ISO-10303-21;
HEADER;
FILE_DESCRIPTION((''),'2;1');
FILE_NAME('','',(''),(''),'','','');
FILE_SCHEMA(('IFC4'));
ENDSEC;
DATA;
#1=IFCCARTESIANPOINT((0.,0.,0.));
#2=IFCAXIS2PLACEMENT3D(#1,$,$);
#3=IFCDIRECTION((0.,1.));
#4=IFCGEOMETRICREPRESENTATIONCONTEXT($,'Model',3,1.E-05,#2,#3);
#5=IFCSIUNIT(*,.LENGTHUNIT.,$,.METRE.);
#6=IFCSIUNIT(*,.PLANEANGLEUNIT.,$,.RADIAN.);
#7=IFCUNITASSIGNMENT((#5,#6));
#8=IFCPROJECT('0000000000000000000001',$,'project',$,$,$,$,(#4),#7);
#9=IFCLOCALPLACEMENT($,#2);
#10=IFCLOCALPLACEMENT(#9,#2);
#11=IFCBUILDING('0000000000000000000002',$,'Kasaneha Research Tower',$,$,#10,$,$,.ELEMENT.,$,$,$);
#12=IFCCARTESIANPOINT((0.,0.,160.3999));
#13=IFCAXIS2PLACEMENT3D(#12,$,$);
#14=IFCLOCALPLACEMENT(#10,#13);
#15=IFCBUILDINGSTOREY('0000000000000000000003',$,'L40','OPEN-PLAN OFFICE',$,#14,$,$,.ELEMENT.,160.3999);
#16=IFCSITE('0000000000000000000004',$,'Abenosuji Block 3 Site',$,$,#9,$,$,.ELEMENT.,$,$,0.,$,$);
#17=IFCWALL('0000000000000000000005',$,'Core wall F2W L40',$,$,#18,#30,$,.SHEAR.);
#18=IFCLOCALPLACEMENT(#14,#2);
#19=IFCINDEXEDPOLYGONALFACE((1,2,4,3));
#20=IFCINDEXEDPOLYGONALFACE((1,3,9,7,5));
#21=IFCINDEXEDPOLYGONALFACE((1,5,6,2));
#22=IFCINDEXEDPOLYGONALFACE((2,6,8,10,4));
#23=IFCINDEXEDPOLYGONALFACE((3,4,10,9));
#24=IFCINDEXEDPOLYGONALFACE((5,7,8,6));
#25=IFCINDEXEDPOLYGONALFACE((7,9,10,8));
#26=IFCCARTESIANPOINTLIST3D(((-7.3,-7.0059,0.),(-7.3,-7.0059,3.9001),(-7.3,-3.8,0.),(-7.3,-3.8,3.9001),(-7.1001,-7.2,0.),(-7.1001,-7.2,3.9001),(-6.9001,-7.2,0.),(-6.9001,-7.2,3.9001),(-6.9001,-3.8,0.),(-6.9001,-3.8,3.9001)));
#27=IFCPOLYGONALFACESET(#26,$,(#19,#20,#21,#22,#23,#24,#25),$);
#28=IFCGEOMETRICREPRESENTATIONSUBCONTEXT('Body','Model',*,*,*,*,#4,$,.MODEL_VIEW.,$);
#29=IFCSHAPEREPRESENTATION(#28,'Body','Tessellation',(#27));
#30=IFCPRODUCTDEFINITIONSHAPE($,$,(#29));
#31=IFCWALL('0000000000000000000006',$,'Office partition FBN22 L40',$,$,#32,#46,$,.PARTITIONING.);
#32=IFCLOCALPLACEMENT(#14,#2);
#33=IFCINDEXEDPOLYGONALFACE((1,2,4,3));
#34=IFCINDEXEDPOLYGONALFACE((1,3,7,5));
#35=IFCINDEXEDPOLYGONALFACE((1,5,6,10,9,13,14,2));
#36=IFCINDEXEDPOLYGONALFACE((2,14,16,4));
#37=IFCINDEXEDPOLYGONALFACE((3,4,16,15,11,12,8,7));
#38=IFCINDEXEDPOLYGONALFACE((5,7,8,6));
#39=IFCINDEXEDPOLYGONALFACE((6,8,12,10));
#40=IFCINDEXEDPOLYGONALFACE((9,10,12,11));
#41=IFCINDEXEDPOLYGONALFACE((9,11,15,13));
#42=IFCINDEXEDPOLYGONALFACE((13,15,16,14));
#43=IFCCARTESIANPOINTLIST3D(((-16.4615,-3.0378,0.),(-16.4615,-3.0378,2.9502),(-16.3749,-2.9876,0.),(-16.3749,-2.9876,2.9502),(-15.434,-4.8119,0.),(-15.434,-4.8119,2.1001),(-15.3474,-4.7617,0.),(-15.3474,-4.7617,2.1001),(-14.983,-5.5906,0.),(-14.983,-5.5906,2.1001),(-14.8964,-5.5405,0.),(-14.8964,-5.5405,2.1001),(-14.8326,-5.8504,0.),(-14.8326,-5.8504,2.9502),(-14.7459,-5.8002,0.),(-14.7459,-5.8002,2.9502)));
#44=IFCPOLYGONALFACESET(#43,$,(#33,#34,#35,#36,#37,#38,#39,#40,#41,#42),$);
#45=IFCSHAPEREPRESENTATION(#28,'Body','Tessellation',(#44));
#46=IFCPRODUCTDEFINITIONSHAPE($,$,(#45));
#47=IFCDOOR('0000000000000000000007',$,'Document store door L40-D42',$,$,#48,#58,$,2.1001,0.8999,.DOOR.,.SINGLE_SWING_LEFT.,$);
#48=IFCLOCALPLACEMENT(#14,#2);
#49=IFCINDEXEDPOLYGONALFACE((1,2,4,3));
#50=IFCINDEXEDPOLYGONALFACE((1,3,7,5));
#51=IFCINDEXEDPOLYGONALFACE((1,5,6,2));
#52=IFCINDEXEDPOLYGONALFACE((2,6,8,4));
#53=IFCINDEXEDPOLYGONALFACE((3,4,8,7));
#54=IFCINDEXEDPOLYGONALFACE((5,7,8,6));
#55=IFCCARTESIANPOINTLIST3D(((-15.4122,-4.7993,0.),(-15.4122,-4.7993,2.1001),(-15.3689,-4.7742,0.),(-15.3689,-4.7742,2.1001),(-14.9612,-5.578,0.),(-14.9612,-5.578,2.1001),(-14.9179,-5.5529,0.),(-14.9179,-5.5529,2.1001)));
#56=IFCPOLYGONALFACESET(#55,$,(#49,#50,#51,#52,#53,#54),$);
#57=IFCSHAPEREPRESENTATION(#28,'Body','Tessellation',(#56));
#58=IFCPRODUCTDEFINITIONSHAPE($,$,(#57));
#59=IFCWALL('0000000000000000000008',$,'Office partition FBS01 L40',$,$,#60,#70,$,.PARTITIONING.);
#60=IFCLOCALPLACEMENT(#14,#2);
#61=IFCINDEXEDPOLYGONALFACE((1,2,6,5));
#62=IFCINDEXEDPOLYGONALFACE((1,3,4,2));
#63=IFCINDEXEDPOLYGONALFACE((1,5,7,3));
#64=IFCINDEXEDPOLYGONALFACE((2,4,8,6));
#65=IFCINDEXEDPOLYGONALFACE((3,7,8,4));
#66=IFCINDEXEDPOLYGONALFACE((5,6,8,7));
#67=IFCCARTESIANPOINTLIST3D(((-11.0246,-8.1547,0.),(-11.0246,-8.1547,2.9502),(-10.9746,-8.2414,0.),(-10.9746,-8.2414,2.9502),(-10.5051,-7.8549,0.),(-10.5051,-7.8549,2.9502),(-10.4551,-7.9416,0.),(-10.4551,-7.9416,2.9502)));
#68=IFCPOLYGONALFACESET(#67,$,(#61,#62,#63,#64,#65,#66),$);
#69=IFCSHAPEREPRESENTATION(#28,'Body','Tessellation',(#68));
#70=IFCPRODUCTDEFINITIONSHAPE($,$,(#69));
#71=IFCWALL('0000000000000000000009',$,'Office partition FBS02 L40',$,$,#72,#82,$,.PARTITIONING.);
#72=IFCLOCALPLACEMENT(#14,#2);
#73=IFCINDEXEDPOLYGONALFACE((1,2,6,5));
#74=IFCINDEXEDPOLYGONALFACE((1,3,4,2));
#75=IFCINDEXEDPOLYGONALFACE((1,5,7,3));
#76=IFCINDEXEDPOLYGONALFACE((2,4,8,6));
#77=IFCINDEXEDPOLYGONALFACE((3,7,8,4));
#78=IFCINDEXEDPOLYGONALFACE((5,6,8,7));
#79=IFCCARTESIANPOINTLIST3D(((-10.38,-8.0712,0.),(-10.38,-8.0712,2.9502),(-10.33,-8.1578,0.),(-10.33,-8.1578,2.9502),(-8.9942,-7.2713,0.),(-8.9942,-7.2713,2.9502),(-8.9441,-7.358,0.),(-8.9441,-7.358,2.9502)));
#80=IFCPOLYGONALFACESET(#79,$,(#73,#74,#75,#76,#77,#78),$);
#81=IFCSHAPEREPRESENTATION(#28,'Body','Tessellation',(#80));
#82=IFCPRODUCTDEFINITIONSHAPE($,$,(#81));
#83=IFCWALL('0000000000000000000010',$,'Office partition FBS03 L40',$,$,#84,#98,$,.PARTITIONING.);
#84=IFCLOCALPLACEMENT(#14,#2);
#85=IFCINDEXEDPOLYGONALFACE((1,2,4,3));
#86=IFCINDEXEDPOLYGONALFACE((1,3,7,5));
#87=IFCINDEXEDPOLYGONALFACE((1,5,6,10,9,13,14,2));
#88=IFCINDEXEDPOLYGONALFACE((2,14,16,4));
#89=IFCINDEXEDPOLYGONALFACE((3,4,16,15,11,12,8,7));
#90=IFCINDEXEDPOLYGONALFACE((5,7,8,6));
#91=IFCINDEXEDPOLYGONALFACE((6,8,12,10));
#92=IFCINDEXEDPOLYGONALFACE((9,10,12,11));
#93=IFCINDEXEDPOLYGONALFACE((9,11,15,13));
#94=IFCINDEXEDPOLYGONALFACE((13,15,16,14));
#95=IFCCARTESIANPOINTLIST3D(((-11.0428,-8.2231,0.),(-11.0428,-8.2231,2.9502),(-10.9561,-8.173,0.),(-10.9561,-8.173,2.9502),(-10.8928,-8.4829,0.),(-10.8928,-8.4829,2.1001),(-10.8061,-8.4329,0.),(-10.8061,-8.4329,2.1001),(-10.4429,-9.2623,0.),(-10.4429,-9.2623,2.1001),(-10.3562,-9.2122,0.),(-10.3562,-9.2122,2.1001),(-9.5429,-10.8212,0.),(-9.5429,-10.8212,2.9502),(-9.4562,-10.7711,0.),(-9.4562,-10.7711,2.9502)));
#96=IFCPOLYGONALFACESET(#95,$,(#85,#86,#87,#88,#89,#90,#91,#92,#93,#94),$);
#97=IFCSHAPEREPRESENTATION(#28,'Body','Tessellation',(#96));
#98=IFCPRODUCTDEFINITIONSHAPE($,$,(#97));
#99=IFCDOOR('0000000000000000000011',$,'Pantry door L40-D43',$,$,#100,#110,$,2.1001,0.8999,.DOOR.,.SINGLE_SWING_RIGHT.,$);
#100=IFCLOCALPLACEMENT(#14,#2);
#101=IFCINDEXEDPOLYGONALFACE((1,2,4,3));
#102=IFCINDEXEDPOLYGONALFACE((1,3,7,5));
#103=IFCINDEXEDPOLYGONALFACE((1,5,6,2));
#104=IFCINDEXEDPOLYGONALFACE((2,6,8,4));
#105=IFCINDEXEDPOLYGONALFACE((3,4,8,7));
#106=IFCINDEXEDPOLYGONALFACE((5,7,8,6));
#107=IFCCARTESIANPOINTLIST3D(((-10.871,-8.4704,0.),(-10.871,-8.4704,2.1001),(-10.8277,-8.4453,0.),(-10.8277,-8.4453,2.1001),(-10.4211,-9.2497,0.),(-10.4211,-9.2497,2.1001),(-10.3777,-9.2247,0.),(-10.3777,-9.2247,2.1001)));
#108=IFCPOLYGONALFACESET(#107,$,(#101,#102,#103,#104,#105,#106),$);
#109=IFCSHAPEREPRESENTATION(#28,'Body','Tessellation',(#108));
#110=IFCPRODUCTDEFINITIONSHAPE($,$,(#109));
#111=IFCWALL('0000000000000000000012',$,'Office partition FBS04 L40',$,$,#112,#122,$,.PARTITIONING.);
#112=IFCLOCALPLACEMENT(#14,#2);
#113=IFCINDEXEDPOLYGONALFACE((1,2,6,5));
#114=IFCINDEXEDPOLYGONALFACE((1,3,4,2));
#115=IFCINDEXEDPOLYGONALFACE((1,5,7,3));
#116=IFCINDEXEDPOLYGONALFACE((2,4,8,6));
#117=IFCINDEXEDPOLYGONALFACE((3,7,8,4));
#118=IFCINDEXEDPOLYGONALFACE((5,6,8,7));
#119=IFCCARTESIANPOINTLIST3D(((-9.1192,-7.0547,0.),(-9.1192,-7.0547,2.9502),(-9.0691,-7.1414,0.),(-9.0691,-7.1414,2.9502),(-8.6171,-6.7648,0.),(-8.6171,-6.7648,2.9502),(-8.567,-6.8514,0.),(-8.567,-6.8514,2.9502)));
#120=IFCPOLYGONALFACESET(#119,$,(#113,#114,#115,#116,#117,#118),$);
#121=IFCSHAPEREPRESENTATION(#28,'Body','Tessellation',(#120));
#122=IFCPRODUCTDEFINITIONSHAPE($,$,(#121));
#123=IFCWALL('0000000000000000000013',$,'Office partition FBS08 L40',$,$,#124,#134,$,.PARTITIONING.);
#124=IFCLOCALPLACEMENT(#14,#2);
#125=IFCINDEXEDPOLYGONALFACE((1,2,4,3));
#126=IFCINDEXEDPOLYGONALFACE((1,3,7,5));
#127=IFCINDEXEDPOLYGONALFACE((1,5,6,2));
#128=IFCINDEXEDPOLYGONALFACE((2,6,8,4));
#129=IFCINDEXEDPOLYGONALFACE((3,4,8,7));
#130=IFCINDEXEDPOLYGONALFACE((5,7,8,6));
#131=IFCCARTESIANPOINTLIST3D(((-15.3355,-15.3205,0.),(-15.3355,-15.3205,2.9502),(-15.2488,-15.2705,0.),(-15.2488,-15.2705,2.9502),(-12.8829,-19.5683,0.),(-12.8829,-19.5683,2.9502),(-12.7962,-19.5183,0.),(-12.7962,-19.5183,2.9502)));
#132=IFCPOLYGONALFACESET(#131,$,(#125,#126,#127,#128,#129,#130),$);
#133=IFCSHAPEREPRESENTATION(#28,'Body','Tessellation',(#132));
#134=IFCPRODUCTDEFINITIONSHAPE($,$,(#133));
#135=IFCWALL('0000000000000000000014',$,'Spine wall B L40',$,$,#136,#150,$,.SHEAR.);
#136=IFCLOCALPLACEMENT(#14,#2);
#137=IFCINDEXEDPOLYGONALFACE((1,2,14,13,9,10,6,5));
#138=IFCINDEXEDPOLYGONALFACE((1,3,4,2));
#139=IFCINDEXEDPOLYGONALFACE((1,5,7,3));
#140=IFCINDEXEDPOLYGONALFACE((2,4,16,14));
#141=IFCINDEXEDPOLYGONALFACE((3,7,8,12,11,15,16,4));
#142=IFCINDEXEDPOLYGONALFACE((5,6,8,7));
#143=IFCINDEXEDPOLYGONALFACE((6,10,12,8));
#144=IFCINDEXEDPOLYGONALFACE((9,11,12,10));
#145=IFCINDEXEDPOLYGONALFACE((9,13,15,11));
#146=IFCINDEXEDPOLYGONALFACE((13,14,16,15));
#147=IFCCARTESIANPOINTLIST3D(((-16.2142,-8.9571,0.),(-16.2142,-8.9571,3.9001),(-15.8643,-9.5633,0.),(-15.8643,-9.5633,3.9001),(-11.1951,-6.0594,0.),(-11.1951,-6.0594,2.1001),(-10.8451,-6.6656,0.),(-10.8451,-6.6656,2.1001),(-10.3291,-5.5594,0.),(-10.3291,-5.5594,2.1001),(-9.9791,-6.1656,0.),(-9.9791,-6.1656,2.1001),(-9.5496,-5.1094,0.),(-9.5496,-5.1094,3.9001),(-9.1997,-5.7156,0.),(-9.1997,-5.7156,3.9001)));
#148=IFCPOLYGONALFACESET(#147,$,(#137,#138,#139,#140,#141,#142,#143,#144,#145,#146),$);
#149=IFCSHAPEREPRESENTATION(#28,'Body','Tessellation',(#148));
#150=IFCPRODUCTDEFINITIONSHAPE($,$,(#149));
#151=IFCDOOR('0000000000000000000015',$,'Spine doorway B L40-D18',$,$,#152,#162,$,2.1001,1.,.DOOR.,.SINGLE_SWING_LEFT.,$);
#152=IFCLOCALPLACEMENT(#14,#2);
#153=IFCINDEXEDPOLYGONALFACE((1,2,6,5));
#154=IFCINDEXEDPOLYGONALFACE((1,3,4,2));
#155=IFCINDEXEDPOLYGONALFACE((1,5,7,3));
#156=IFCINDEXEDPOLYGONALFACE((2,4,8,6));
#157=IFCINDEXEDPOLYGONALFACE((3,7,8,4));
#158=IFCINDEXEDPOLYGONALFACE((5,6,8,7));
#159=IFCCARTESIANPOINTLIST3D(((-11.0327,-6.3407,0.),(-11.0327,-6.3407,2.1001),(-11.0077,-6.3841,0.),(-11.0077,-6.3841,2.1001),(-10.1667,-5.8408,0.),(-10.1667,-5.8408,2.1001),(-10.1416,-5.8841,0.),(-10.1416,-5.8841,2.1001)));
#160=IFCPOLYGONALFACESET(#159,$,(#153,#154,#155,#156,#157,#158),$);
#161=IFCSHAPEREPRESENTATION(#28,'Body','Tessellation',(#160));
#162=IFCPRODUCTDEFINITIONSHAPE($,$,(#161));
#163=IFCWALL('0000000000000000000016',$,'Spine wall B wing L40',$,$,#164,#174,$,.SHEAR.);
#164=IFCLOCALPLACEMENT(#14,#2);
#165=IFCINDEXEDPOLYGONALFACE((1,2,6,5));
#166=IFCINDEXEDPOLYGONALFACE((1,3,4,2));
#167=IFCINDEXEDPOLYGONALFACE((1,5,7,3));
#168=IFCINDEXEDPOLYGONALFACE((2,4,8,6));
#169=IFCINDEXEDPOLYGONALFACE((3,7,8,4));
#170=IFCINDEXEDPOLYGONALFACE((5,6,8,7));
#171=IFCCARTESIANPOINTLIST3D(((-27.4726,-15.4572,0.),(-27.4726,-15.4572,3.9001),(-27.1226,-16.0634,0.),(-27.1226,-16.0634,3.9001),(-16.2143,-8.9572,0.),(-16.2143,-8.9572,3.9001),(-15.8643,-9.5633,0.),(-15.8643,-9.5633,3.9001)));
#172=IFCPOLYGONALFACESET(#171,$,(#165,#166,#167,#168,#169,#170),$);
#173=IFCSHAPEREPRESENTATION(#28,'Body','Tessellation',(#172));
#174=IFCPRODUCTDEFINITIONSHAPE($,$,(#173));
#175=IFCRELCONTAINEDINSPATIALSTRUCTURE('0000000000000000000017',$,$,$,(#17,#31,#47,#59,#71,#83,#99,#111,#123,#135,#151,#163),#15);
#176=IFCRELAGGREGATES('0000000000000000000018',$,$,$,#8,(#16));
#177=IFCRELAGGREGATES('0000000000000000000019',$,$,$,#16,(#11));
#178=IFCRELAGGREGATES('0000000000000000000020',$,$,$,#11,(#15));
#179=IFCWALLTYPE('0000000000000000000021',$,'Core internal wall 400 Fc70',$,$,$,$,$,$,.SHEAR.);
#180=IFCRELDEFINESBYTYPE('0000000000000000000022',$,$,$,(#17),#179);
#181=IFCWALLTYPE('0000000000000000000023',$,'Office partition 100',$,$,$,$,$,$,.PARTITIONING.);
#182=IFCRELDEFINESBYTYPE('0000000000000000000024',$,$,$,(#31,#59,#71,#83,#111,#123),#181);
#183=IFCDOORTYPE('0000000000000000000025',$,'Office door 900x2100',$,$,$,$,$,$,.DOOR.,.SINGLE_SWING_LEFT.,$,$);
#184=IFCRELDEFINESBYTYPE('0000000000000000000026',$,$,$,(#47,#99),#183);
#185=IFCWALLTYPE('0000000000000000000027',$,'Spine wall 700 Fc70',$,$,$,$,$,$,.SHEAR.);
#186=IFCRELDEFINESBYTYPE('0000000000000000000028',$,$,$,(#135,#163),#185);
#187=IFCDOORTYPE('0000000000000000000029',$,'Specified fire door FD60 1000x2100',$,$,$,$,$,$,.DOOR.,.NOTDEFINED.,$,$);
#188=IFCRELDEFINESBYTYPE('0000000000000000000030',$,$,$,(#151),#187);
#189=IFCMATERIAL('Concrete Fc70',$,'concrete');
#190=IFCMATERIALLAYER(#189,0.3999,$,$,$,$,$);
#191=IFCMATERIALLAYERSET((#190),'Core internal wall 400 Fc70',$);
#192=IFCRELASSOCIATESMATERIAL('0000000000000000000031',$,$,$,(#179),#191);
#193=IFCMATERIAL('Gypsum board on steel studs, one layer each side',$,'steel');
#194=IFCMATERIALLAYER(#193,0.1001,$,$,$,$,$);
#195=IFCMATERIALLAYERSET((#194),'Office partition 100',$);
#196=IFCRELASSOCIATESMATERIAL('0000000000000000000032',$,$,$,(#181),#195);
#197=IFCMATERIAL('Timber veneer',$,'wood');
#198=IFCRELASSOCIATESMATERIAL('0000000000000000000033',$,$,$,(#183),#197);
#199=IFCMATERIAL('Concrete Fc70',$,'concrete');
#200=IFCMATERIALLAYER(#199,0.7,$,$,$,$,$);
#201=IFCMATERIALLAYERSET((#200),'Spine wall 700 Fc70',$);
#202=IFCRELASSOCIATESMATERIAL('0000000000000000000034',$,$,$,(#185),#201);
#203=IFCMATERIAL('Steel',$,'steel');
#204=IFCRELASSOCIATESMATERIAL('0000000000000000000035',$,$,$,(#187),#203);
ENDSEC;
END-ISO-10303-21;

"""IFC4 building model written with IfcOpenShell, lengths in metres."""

from ifc_helpers import new_model, si_unit, direction, frame, frame_2d, origin, place, context, subcontext, project, spatial, polyline, rectangle, outline, extrude, material, layer, layer_set, type_object, element, fill, save


model = new_model("IFC4")

# Units and contexts
model_context = context("Model", 3, precision=1e-05, world=origin(), true_north=direction((0.0, 1.0)))
body_context = subcontext(model_context, "Body", "Model", "MODEL_VIEW")
ifc_project = project(units=[si_unit("LENGTHUNIT", "METRE"), si_unit("PLANEANGLEUNIT", "RADIAN")], contexts=[model_context])

# Site, building, storey
site_placement = place(None, origin())
site = spatial("IfcSite", under=ifc_project, at=site_placement, Name="Abenosuji Block 3 Site", CompositionType="ELEMENT", RefElevation=0.0)
building_placement = place(site_placement, origin())
building = spatial("IfcBuilding", under=site, at=building_placement, Name="Kasaneha Research Tower", CompositionType="ELEMENT")
storey_placement = place(building_placement, frame((0.0, 0.0, 160.3999)))
storey = spatial("IfcBuildingStorey", under=building, at=storey_placement, Name="L40", Description="OPEN-PLAN OFFICE", CompositionType="ELEMENT", Elevation=160.3999)

# Shared definitions
ifc_material_1 = material(Name="Concrete Fc70", Category="concrete")
ifc_layer_1 = layer(ifc_material_1, 0.3999)
ifc_layer_set_1 = layer_set([ifc_layer_1], Name="Core internal wall 400 Fc70")
wall_type_1 = type_object("IfcWallType", Name="Core internal wall 400 Fc70", PredefinedType="SHEAR", material=ifc_layer_set_1)

# Wall
wall_1_placement = place(storey_placement, frame((-7.1001, -3.8, 0.0), z_axis=(0.0, 0.0, 1.0), x_axis=(0.0, -1.0, 0.0)))
element("IfcWall", 1, at=wall_1_placement, inside=storey, type_object=wall_type_1, Name="Core wall F2W L40", PredefinedType="SHEAR", context=body_context, shape_type="SweptSolid", body=[
    extrude(outline(polyline([(0.0, -0.2), (3.2058, -0.2), (3.3999, 0.0), (3.3999, 0.2), (0.0, 0.2), (0.0, -0.2)])), origin(), (0.0, 0.0, 1.0), 3.9001),
])

# Wall, opening, door
ifc_material_2 = material(Name="Gypsum board on steel studs, one layer each side", Category="steel")
ifc_layer_2 = layer(ifc_material_2, 0.1001)
ifc_layer_set_2 = layer_set([ifc_layer_2], Name="Office partition 100")
wall_type_2 = type_object("IfcWallType", Name="Office partition 100", PredefinedType="PARTITIONING", material=ifc_layer_set_2)
wall_2_placement = place(storey_placement, frame((-14.7893, -5.8252, 0.0), z_axis=(0.0, 0.0, 1.0), x_axis=(-0.501178, 0.865344, 0.0)))
wall_2 = element("IfcWall", 2, at=wall_2_placement, inside=storey, type_object=wall_type_2, Name="Office partition FBN22 L40", PredefinedType="PARTITIONING", context=body_context, shape_type="SweptSolid", body=[
    extrude(rectangle(XDim=3.2502, YDim=0.1001, at=frame_2d((1.625, 0.0))), origin(), (0.0, 0.0, 1.0), 2.9502),
])
opening_1_placement = place(wall_2_placement, frame((0.3, 0.0, 0.0)))
opening_1 = element("IfcOpeningElement", 3, at=opening_1_placement, cuts=wall_2, PredefinedType="OPENING", context=body_context, shape_type="SweptSolid", body=[
    extrude(rectangle(XDim=0.8999, YDim=2.1001, at=frame_2d((0.45, 1.05))), frame((0.0, 0.0601, 0.0), z_axis=(0.0, -1.0, 0.0), x_axis=(1.0, 0.0, 0.0)), (0.0, 0.0, 1.0), 0.1201),
])
ifc_material_3 = material(Name="Timber veneer", Category="wood")
door_type_1 = type_object("IfcDoorType", Name="Office door 900x2100", OperationType="SINGLE_SWING_LEFT", PredefinedType="DOOR", material=ifc_material_3)
door_1_placement = place(opening_1_placement, origin())
door_1 = element("IfcDoor", 4, at=door_1_placement, inside=storey, type_object=door_type_1, Name="Document store door L40-D42", OperationType="SINGLE_SWING_LEFT", OverallHeight=2.1001, OverallWidth=0.8999, PredefinedType="DOOR", context=body_context, shape_type="SweptSolid", body=[
    extrude(rectangle(XDim=0.8999, YDim=2.1001, at=frame_2d((0.45, 1.05))), frame((0.0, 0.0249, 0.0), z_axis=(0.0, -1.0, 0.0), x_axis=(1.0, 0.0, 0.0)), (0.0, 0.0, 1.0), 0.05),
])
fill(opening_1, door_1)

# Walls
wall_3_placement = place(storey_placement, frame((-10.9995, -8.198, 0.0), z_axis=(0.0, 0.0, 1.0), x_axis=(0.866131, 0.499816, 0.0)))
element("IfcWall", 5, at=wall_3_placement, inside=storey, type_object=wall_type_2, Name="Office partition FBS01 L40", PredefinedType="PARTITIONING", context=body_context, shape_type="SweptSolid", body=[
    extrude(rectangle(XDim=0.5999, YDim=0.1001, at=frame_2d((0.2998, 0.0))), origin(), (0.0, 0.0, 1.0), 2.9502),
])
wall_4_placement = place(storey_placement, frame((-10.355, -8.1145, 0.0), z_axis=(0.0, 0.0, 1.0), x_axis=(0.866094, 0.499881, 0.0)))
element("IfcWall", 6, at=wall_4_placement, inside=storey, type_object=wall_type_2, Name="Office partition FBS02 L40", PredefinedType="PARTITIONING", context=body_context, shape_type="SweptSolid", body=[
    extrude(rectangle(XDim=1.6001, YDim=0.1001, at=frame_2d((0.8, 0.0))), origin(), (0.0, 0.0, 1.0), 2.9502),
])

# Wall, opening, door
wall_5_placement = place(storey_placement, frame((-9.4995, -10.7961, 0.0), z_axis=(0.0, 0.0, 1.0), x_axis=(-0.49999, 0.866031, 0.0)))
wall_5 = element("IfcWall", 7, at=wall_5_placement, inside=storey, type_object=wall_type_2, Name="Office partition FBS03 L40", PredefinedType="PARTITIONING", context=body_context, shape_type="SweptSolid", body=[
    extrude(rectangle(XDim=3.0, YDim=0.1001, at=frame_2d((1.5, 0.0))), origin(), (0.0, 0.0, 1.0), 2.9502),
])
opening_2_placement = place(wall_5_placement, frame((1.8, 0.0, 0.0)))
opening_2 = element("IfcOpeningElement", 8, at=opening_2_placement, cuts=wall_5, PredefinedType="OPENING", context=body_context, shape_type="SweptSolid", body=[
    extrude(rectangle(XDim=0.8999, YDim=2.1001, at=frame_2d((0.45, 1.05))), frame((0.0, 0.0601, 0.0), z_axis=(0.0, -1.0, 0.0), x_axis=(1.0, 0.0, 0.0)), (0.0, 0.0, 1.0), 0.1201),
])
door_2_placement = place(opening_2_placement, origin())
door_2 = element("IfcDoor", 9, at=door_2_placement, inside=storey, type_object=door_type_1, Name="Pantry door L40-D43", OperationType="SINGLE_SWING_RIGHT", OverallHeight=2.1001, OverallWidth=0.8999, PredefinedType="DOOR", context=body_context, shape_type="SweptSolid", body=[
    extrude(rectangle(XDim=0.8999, YDim=2.1001, at=frame_2d((0.45, 1.05))), frame((0.0, 0.0249, 0.0), z_axis=(0.0, -1.0, 0.0), x_axis=(1.0, 0.0, 0.0)), (0.0, 0.0, 1.0), 0.05),
])
fill(opening_2, door_2)

# Walls
wall_6_placement = place(storey_placement, frame((-9.0942, -7.0981, 0.0), z_axis=(0.0, 0.0, 1.0), x_axis=(0.865954, 0.500123, 0.0)))
element("IfcWall", 10, at=wall_6_placement, inside=storey, type_object=wall_type_2, Name="Office partition FBS04 L40", PredefinedType="PARTITIONING", context=body_context, shape_type="SweptSolid", body=[
    extrude(rectangle(XDim=0.5798, YDim=0.1001, at=frame_2d((0.29, 0.0))), origin(), (0.0, 0.0, 1.0), 2.9502),
])
wall_7_placement = place(storey_placement, frame((-15.2922, -15.2954, 0.0), z_axis=(0.0, 0.0, 1.0), x_axis=(0.500025, -0.866011, 0.0)))
element("IfcWall", 11, at=wall_7_placement, inside=storey, type_object=wall_type_2, Name="Office partition FBS08 L40", PredefinedType="PARTITIONING", context=body_context, shape_type="SweptSolid", body=[
    extrude(rectangle(XDim=4.905, YDim=0.1001, at=frame_2d((2.4526, 0.0))), origin(), (0.0, 0.0, 1.0), 2.9502),
])

# Wall, opening, door
ifc_material_4 = material(Name="Concrete Fc70", Category="concrete")
ifc_layer_3 = layer(ifc_material_4, 0.7)
ifc_layer_set_3 = layer_set([ifc_layer_3], Name="Spine wall 700 Fc70")
wall_type_3 = type_object("IfcWallType", Name="Spine wall 700 Fc70", PredefinedType="SHEAR", material=ifc_layer_set_3)
wall_8_placement = place(storey_placement, frame((-9.3748, -5.4126, 0.0), z_axis=(0.0, 0.0, 1.0), x_axis=(-0.866032, -0.499988, 0.0)))
wall_8 = element("IfcWall", 12, at=wall_8_placement, inside=storey, type_object=wall_type_3, Name="Spine wall B L40", PredefinedType="SHEAR", context=body_context, shape_type="SweptSolid", body=[
    extrude(rectangle(XDim=7.6956, YDim=0.7, at=frame_2d((3.8477, 0.0))), origin(), (0.0, 0.0, 1.0), 3.9001),
])
opening_3_placement = place(wall_8_placement, frame((0.8999, 0.0, 0.0)))
opening_3 = element("IfcOpeningElement", 13, at=opening_3_placement, cuts=wall_8, PredefinedType="OPENING", context=body_context, shape_type="SweptSolid", body=[
    extrude(rectangle(XDim=1.0, YDim=2.1001, at=frame_2d((0.5, 1.05))), frame((0.0, 0.3599, 0.0), z_axis=(0.0, -1.0, 0.0), x_axis=(1.0, 0.0, 0.0)), (0.0, 0.0, 1.0), 0.72),
])
ifc_material_5 = material(Name="Steel", Category="steel")
door_type_2 = type_object("IfcDoorType", Name="Specified fire door FD60 1000x2100", OperationType="NOTDEFINED", PredefinedType="DOOR", material=ifc_material_5)
door_3_placement = place(opening_3_placement, origin())
door_3 = element("IfcDoor", 14, at=door_3_placement, inside=storey, type_object=door_type_2, Name="Spine doorway B L40-D18", OperationType="SINGLE_SWING_LEFT", OverallHeight=2.1001, OverallWidth=1.0, PredefinedType="DOOR", context=body_context, shape_type="SweptSolid", body=[
    extrude(rectangle(XDim=1.0, YDim=2.1001, at=frame_2d((0.5, 1.05))), frame((0.0, 0.0249, 0.0), z_axis=(0.0, -1.0, 0.0), x_axis=(1.0, 0.0, 0.0)), (0.0, 0.0, 1.0), 0.05),
])
fill(opening_3, door_3)

# Wall
wall_9_placement = place(storey_placement, frame((-16.0393, -9.2603, 0.0), z_axis=(0.0, 0.0, 1.0), x_axis=(-0.866025, -0.500001, 0.0)))
element("IfcWall", 15, at=wall_9_placement, inside=storey, type_object=wall_type_3, Name="Spine wall B wing L40", PredefinedType="SHEAR", context=body_context, shape_type="SweptSolid", body=[
    extrude(rectangle(XDim=13.0, YDim=0.7, at=frame_2d((6.5, 0.0))), origin(), (0.0, 0.0, 1.0), 3.9001),
])

save(model, "model.ifc")
